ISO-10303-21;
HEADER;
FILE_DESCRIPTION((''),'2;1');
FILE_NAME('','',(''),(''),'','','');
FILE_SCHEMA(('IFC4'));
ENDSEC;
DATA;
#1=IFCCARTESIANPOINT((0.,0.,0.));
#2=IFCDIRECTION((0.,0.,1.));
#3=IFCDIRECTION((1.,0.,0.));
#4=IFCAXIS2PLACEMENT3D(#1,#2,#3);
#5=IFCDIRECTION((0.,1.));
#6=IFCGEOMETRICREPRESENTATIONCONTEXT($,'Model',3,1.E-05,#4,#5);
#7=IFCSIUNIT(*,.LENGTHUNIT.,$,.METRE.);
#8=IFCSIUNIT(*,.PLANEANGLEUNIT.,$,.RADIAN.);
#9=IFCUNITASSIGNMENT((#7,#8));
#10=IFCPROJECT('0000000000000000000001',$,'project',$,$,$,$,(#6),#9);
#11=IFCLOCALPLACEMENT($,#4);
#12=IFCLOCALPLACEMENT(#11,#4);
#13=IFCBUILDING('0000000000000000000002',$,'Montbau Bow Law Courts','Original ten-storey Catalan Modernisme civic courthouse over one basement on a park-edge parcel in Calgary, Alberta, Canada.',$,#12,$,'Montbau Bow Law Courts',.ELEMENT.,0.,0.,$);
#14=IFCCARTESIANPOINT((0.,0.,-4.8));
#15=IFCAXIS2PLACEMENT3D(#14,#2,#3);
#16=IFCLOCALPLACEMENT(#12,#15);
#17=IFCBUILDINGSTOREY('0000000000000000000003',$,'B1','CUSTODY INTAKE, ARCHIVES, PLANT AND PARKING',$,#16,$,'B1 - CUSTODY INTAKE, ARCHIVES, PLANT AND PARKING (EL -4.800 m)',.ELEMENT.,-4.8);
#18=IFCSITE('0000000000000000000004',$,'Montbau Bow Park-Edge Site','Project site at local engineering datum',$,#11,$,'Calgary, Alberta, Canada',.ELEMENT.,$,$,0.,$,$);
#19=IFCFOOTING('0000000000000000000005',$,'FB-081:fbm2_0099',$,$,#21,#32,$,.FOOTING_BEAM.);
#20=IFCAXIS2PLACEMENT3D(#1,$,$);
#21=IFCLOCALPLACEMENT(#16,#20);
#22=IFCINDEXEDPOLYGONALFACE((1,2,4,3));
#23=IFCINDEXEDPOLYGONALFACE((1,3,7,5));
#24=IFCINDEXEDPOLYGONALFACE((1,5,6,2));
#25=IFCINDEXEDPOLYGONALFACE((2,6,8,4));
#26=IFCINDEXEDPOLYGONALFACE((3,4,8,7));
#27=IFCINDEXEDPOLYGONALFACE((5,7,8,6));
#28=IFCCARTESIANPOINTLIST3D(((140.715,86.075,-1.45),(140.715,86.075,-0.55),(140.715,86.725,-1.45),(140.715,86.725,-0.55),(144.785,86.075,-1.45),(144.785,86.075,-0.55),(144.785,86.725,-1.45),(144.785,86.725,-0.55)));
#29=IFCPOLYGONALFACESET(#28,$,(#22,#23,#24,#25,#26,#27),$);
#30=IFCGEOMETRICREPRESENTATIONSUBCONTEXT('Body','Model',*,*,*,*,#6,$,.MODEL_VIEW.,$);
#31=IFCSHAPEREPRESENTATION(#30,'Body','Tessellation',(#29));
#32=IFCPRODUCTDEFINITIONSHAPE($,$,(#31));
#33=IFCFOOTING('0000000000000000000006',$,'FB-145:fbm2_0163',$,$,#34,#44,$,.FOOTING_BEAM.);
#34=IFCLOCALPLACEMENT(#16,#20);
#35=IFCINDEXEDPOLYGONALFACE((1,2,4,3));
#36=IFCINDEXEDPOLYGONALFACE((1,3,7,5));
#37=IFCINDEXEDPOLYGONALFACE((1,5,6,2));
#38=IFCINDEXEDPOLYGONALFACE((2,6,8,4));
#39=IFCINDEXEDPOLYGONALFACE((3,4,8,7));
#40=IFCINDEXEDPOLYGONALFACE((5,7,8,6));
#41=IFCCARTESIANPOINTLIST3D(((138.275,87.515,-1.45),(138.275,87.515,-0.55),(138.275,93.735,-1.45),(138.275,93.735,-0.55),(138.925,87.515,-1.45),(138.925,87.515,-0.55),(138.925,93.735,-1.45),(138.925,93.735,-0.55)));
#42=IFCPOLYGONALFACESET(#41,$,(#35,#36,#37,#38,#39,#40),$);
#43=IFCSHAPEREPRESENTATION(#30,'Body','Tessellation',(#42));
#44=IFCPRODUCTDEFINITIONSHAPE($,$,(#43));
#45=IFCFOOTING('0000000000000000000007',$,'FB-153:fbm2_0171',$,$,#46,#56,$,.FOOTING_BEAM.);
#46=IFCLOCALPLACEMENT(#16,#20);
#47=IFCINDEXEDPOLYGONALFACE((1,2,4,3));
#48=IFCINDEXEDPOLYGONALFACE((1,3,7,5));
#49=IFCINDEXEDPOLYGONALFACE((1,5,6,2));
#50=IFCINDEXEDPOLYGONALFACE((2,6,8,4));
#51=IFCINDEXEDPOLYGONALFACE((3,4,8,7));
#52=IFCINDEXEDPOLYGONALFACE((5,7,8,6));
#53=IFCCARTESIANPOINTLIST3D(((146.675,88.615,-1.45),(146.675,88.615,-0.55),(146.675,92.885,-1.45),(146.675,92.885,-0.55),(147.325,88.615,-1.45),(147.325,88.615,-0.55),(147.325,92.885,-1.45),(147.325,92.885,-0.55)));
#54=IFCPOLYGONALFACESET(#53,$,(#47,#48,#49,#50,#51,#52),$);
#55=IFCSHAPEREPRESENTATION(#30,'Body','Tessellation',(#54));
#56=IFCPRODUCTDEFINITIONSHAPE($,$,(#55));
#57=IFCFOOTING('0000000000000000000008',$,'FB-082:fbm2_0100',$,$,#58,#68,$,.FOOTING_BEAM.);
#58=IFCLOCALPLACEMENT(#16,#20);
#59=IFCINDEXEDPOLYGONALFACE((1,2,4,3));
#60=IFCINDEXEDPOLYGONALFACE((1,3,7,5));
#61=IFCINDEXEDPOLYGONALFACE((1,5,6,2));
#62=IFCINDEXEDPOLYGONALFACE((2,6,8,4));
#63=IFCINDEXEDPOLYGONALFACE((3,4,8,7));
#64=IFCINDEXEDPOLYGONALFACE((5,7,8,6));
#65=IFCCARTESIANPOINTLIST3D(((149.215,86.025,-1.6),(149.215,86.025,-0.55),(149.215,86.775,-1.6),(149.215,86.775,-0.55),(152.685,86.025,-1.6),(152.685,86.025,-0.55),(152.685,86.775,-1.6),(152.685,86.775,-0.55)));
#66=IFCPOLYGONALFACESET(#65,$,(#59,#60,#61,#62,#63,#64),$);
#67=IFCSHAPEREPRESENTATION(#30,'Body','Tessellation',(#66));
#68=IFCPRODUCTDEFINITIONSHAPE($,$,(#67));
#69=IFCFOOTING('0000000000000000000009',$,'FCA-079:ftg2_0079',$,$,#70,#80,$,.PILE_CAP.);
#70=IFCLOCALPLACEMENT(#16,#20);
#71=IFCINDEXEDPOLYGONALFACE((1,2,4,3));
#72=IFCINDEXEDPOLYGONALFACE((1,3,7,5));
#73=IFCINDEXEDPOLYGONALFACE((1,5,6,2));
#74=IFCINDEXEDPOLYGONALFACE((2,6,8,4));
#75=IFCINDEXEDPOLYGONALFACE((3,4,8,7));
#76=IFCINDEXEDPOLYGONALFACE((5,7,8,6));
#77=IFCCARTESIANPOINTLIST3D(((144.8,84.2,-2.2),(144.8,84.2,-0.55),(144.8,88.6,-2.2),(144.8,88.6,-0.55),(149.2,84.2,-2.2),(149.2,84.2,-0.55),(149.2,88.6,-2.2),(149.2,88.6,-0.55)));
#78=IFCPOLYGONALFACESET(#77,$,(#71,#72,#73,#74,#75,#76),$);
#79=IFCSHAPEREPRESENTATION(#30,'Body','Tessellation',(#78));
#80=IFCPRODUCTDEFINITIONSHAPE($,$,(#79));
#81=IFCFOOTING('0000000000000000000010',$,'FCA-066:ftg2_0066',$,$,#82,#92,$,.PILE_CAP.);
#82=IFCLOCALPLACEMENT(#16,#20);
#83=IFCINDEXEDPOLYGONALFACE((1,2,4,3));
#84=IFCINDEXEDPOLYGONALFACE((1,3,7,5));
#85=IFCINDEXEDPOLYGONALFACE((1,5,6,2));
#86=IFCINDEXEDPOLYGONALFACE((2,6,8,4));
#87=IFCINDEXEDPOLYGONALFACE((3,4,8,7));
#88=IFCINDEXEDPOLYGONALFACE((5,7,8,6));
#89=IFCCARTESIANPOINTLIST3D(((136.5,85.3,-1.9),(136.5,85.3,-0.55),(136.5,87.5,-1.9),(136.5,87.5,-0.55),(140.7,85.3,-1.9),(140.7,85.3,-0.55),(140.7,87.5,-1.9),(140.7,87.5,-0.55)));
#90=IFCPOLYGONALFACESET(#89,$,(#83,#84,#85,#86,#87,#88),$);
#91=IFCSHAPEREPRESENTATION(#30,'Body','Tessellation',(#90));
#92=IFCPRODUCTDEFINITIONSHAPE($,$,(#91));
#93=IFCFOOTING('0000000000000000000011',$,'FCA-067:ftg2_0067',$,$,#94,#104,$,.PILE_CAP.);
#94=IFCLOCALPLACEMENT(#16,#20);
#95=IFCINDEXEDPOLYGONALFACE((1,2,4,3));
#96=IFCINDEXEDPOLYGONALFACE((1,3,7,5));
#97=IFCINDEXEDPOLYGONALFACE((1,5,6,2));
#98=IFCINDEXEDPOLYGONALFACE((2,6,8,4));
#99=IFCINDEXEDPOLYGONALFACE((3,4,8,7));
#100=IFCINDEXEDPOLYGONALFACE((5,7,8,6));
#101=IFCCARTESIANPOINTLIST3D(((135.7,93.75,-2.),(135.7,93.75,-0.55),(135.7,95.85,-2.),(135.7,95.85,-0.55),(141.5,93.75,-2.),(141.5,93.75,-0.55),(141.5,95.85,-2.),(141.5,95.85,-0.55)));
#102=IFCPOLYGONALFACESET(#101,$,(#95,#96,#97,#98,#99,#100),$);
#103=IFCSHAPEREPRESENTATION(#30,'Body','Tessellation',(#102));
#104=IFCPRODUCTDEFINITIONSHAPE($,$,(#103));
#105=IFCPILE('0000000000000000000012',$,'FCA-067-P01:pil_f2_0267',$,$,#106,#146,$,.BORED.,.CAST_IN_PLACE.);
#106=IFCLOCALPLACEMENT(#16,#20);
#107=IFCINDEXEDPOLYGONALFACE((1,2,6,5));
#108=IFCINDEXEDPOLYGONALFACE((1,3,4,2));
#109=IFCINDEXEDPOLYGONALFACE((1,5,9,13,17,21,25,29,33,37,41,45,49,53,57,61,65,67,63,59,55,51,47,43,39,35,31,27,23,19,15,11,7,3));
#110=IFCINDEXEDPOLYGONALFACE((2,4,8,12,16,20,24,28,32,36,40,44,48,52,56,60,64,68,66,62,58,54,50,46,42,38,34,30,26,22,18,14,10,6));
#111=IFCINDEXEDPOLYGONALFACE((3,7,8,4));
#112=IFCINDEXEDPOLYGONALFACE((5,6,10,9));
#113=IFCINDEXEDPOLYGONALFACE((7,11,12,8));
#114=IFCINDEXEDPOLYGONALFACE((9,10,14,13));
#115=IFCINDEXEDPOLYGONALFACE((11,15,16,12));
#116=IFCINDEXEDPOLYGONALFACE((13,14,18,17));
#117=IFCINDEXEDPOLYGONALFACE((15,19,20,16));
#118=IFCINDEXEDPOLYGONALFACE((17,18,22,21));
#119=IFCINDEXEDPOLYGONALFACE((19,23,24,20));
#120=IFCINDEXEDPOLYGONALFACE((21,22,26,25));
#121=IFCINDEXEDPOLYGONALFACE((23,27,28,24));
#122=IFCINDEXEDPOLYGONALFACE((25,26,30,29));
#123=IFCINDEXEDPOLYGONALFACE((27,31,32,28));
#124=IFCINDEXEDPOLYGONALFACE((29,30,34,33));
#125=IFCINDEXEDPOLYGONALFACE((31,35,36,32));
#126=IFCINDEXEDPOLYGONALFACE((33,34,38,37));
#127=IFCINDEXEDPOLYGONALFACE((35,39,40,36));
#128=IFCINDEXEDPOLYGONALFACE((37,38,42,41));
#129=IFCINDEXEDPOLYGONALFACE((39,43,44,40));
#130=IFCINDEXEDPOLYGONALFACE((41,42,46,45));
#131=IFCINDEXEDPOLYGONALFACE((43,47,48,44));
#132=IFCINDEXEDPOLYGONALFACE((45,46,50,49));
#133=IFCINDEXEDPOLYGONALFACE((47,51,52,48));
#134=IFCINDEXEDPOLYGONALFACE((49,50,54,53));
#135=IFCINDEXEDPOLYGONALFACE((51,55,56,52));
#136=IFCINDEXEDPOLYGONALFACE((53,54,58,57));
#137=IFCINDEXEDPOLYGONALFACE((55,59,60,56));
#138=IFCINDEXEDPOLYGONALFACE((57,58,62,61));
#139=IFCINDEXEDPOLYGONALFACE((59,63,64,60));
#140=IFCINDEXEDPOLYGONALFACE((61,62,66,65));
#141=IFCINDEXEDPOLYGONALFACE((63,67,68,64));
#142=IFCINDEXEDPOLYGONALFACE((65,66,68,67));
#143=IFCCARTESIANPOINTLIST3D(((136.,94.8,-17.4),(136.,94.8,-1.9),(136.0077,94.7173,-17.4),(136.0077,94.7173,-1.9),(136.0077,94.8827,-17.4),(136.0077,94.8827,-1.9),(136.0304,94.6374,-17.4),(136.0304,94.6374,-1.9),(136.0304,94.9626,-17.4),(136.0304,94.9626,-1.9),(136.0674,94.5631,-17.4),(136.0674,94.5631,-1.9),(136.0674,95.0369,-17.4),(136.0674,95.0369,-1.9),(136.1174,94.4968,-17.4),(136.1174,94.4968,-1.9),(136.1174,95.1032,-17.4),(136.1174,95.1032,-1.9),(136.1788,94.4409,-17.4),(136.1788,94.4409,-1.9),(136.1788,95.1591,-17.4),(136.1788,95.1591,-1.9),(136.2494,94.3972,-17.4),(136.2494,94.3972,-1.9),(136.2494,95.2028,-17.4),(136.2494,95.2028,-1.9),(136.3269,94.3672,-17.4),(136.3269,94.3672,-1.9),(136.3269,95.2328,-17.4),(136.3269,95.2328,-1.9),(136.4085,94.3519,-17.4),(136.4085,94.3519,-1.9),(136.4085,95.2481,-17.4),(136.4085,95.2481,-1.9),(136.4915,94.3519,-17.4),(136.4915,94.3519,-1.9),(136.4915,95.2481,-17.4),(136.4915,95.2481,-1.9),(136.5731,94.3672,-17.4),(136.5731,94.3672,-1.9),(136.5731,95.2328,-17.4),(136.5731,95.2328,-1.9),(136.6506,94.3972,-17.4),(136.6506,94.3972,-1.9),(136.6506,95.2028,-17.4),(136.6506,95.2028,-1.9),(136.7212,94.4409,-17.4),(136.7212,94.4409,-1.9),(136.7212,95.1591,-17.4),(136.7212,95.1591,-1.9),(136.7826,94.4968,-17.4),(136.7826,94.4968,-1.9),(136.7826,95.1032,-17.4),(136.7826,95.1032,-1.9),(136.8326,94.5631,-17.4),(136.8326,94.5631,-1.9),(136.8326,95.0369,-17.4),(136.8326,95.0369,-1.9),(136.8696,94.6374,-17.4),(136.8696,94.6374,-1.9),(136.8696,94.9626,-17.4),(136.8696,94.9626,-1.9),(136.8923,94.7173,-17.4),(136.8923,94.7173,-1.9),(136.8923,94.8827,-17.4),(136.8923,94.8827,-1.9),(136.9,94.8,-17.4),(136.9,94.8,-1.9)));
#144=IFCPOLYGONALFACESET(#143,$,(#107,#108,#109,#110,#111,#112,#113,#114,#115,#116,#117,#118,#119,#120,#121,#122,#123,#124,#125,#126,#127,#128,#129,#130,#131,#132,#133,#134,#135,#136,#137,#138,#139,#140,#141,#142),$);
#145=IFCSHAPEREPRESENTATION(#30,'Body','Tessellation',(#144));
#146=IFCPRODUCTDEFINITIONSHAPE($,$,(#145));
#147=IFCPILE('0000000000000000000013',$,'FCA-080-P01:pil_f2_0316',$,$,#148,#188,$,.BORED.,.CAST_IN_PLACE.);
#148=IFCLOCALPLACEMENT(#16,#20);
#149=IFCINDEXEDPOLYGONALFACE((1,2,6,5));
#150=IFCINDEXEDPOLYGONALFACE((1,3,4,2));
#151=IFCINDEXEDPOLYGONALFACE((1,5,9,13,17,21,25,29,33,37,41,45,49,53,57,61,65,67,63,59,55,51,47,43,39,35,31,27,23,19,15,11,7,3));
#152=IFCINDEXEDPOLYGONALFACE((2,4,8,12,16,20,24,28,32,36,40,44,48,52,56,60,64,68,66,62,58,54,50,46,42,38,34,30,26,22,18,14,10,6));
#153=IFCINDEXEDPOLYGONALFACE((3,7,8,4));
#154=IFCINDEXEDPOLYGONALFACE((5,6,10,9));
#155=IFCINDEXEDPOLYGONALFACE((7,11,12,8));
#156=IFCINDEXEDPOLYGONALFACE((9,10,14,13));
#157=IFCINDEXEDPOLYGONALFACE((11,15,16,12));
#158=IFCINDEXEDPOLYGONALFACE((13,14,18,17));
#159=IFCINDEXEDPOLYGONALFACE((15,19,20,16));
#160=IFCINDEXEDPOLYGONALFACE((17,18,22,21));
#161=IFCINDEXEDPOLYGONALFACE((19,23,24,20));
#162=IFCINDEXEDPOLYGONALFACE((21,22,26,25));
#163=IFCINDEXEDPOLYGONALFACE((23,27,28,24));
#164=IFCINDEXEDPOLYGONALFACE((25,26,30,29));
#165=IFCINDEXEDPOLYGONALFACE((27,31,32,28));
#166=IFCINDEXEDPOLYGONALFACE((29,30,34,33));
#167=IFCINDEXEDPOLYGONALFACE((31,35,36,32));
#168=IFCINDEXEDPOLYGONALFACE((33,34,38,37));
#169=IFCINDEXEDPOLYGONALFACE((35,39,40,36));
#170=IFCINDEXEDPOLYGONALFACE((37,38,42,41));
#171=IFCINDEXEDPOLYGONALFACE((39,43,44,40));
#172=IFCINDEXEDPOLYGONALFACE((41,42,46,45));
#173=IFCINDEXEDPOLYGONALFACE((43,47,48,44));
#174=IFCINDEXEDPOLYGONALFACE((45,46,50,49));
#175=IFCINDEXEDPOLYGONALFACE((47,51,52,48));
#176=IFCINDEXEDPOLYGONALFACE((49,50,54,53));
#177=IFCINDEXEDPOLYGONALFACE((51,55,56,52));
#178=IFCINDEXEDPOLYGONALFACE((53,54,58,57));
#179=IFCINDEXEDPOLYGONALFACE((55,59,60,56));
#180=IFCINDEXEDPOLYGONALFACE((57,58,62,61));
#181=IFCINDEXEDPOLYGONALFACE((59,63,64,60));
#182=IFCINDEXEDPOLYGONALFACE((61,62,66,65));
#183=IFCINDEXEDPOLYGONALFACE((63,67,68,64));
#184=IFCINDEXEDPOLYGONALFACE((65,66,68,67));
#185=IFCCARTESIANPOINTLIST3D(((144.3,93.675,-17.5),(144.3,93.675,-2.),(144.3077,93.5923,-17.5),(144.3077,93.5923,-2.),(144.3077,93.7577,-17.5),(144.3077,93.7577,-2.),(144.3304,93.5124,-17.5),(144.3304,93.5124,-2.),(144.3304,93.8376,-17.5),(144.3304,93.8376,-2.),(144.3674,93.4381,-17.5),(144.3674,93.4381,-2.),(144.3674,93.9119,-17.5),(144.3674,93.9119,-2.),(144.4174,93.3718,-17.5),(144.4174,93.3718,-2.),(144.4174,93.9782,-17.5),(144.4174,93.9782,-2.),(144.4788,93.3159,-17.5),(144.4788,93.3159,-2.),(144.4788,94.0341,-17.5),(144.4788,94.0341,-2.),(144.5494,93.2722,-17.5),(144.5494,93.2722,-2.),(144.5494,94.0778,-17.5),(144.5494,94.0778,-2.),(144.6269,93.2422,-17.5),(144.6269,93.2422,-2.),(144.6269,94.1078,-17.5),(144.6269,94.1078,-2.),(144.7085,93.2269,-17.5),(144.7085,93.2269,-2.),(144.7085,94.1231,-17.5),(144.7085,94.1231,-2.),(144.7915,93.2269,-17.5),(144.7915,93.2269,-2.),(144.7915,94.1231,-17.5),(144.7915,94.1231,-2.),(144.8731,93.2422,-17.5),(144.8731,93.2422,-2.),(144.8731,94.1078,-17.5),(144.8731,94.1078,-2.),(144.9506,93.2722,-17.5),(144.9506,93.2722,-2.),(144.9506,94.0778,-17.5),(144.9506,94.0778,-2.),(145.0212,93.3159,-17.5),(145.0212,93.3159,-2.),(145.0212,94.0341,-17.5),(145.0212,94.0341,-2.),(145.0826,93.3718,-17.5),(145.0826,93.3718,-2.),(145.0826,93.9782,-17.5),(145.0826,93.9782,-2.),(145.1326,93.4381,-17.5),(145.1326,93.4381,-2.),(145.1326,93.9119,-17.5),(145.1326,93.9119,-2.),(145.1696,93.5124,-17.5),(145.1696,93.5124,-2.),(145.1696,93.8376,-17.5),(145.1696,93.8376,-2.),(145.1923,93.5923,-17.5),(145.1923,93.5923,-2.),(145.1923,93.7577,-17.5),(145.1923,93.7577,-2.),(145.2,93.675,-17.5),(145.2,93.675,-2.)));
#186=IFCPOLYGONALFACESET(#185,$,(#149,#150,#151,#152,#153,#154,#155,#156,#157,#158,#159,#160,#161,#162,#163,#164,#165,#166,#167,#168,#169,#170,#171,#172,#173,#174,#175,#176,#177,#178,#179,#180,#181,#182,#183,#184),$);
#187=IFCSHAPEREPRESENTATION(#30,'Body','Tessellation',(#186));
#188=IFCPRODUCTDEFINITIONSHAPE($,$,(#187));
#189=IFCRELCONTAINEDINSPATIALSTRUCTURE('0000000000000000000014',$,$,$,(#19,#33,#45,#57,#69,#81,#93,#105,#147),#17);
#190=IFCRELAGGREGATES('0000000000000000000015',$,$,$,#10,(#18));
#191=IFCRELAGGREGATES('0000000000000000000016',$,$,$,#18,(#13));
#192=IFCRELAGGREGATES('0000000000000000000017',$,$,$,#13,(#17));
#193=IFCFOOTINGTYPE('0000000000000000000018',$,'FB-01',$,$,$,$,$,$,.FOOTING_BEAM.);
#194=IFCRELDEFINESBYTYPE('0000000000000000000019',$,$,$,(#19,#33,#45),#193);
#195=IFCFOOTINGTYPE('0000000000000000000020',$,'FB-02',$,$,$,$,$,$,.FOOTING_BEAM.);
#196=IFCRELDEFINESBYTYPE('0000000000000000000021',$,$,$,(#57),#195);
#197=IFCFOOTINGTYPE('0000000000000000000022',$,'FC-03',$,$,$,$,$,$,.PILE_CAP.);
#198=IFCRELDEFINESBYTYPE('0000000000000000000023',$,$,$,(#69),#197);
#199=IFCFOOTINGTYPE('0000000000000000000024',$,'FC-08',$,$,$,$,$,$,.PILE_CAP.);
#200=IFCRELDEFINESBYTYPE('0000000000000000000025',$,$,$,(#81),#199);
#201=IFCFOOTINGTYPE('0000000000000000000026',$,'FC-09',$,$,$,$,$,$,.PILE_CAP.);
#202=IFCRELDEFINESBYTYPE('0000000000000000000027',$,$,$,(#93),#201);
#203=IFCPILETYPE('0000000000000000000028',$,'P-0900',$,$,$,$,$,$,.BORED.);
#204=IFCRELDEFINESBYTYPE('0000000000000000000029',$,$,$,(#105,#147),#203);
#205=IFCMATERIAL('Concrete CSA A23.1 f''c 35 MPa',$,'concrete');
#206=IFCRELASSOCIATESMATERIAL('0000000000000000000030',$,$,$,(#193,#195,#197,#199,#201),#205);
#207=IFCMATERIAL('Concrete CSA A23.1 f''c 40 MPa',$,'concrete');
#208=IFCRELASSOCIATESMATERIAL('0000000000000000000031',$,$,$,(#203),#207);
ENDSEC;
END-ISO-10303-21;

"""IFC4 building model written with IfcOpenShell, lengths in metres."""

from ifc_helpers import new_model, si_unit, direction, frame, origin_with_axes, origin_2d_with_axis, place, context, subcontext, project, spatial, rectangle, circle, extrude, material, material_profile, profile_set, type_object, element, save


model = new_model("IFC4")

# Units and contexts
model_context = context("Model", 3, precision=1e-05, world=origin_with_axes(), true_north=direction((0.0, 1.0)))
body_context = subcontext(model_context, "Body", "Model", "MODEL_VIEW")
ifc_project = project(units=[si_unit("LENGTHUNIT", "METRE"), si_unit("PLANEANGLEUNIT", "RADIAN")], contexts=[model_context])

# Site, building, storey
site_placement = place(None, origin_with_axes())
site = spatial("IfcSite", under=ifc_project, at=site_placement, Name="Montbau Bow Park-Edge Site", Description="Project site at local engineering datum", LongName="Calgary, Alberta, Canada", CompositionType="ELEMENT", RefElevation=0.0)
building_placement = place(site_placement, origin_with_axes())
building = spatial("IfcBuilding", under=site, at=building_placement, Name="Montbau Bow Law Courts", Description="Original ten-storey Catalan Modernisme civic courthouse over one basement on a park-edge parcel in Calgary, Alberta, Canada.", LongName="Montbau Bow Law Courts", CompositionType="ELEMENT", ElevationOfRefHeight=0.0, ElevationOfTerrain=0.0)
storey_placement = place(building_placement, frame((0.0, 0.0, -4.8), z_axis=(0.0, 0.0, 1.0), x_axis=(1.0, 0.0, 0.0)))
storey = spatial("IfcBuildingStorey", under=building, at=storey_placement, Name="B1", Description="CUSTODY INTAKE, ARCHIVES, PLANT AND PARKING", LongName="B1 - CUSTODY INTAKE, ARCHIVES, PLANT AND PARKING (EL -4.800 m)", CompositionType="ELEMENT", Elevation=-4.8)

# Footings
ifc_material_1 = material(Name="Concrete CSA A23.1 f'c 35 MPa", Category="concrete")
footing_type_1 = type_object("IfcFootingType", Name="FB-01", PredefinedType="FOOTING_BEAM", material=ifc_material_1)
footing_1_placement = place(None, frame((142.75, 86.4, -6.25), z_axis=(0.0, 0.0, 1.0), x_axis=(1.0, 0.0, 0.0)))
element("IfcFooting", 1, at=footing_1_placement, inside=storey, type_object=footing_type_1, Name="FB-081:fbm2_0099", PredefinedType="FOOTING_BEAM", context=body_context, shape_type="SweptSolid", body=[
    extrude(rectangle(XDim=4.07, YDim=0.65, at=origin_2d_with_axis()), origin_with_axes(), (0.0, 0.0, 1.0), 0.9),
])
footing_2_placement = place(None, frame((138.6, 90.625, -6.25), z_axis=(0.0, 0.0, 1.0), x_axis=(0.0, 1.0, 0.0)))
element("IfcFooting", 2, at=footing_2_placement, inside=storey, type_object=footing_type_1, Name="FB-145:fbm2_0163", PredefinedType="FOOTING_BEAM", context=body_context, shape_type="SweptSolid", body=[
    extrude(rectangle(XDim=6.22, YDim=0.65, at=origin_2d_with_axis()), origin_with_axes(), (0.0, 0.0, 1.0), 0.9),
])
footing_3_placement = place(None, frame((147.0, 90.75, -6.25), z_axis=(0.0, 0.0, 1.0), x_axis=(0.0, 1.0, 0.0)))
element("IfcFooting", 3, at=footing_3_placement, inside=storey, type_object=footing_type_1, Name="FB-153:fbm2_0171", PredefinedType="FOOTING_BEAM", context=body_context, shape_type="SweptSolid", body=[
    extrude(rectangle(XDim=4.27, YDim=0.65, at=origin_2d_with_axis()), origin_with_axes(), (0.0, 0.0, 1.0), 0.9),
])
footing_type_2 = type_object("IfcFootingType", Name="FB-02", PredefinedType="FOOTING_BEAM", material=ifc_material_1)
footing_4_placement = place(None, frame((150.95, 86.4, -6.4), z_axis=(0.0, 0.0, 1.0), x_axis=(1.0, 0.0, 0.0)))
element("IfcFooting", 4, at=footing_4_placement, inside=storey, type_object=footing_type_2, Name="FB-082:fbm2_0100", PredefinedType="FOOTING_BEAM", context=body_context, shape_type="SweptSolid", body=[
    extrude(rectangle(XDim=3.47, YDim=0.75, at=origin_2d_with_axis()), origin_with_axes(), (0.0, 0.0, 1.0), 1.05),
])
footing_type_3 = type_object("IfcFootingType", Name="FC-03", PredefinedType="PILE_CAP", material=ifc_material_1)
footing_5_placement = place(None, frame((147.0, 86.4, -7.0), z_axis=(0.0, 0.0, 1.0), x_axis=(1.0, 0.0, 0.0)))
element("IfcFooting", 5, at=footing_5_placement, inside=storey, type_object=footing_type_3, Name="FCA-079:ftg2_0079", PredefinedType="PILE_CAP", context=body_context, shape_type="SweptSolid", body=[
    extrude(rectangle(XDim=4.4, YDim=4.4, at=origin_2d_with_axis()), origin_with_axes(), (0.0, 0.0, 1.0), 1.65),
])
footing_type_4 = type_object("IfcFootingType", Name="FC-08", PredefinedType="PILE_CAP", material=ifc_material_1)
footing_6_placement = place(None, frame((138.6, 86.4, -6.7), z_axis=(0.0, 0.0, 1.0), x_axis=(1.0, 0.0, 0.0)))
element("IfcFooting", 6, at=footing_6_placement, inside=storey, type_object=footing_type_4, Name="FCA-066:ftg2_0066", PredefinedType="PILE_CAP", context=body_context, shape_type="SweptSolid", body=[
    extrude(rectangle(XDim=4.2, YDim=2.2, at=origin_2d_with_axis()), origin_with_axes(), (0.0, 0.0, 1.0), 1.35),
])
footing_type_5 = type_object("IfcFootingType", Name="FC-09", PredefinedType="PILE_CAP", material=ifc_material_1)
footing_7_placement = place(None, frame((138.6, 94.8, -6.8), z_axis=(0.0, 0.0, 1.0), x_axis=(1.0, 0.0, 0.0)))
element("IfcFooting", 7, at=footing_7_placement, inside=storey, type_object=footing_type_5, Name="FCA-067:ftg2_0067", PredefinedType="PILE_CAP", context=body_context, shape_type="SweptSolid", body=[
    extrude(rectangle(XDim=5.8, YDim=2.1, at=origin_2d_with_axis()), origin_with_axes(), (0.0, 0.0, 1.0), 1.45),
])

# Piles
ifc_material_2 = material(Name="Concrete CSA A23.1 f'c 40 MPa", Category="concrete")
ifc_material_profile_1 = material_profile(ifc_material_2, circle(Radius=0.45, at=origin_2d_with_axis()), Name="BP900", Category="Main", Priority=0)
ifc_profile_set_1 = profile_set([ifc_material_profile_1], Name="Concrete CSA A23.1 f'c 40 MPa")
pile_type_1 = type_object("IfcPileType", Name="P-0900", PredefinedType="BORED", material=ifc_profile_set_1)
for number, where, z_axis, x_axis, name in (
    (8, (136.45, 94.8, -22.2), (0.0, 0.0, 1.0), (1.0, 0.0, 0.0), "FCA-067-P01:pil_f2_0267"),
    (9, (144.75, 93.675, -22.3), (0.0, 0.0, 1.0), (1.0, 0.0, 0.0), "FCA-080-P01:pil_f2_0316"),
):
    element("IfcPile", number, at=place(None, frame(where, z_axis=z_axis, x_axis=x_axis)), inside=storey, type_object=pile_type_1, Name=name, ConstructionType="CAST_IN_PLACE", PredefinedType="BORED", context=body_context, shape_type="SweptSolid", body=[
        extrude(circle(Radius=0.45, at=origin_2d_with_axis()), origin_with_axes(), (0.0, 0.0, 1.0), 15.5),
    ])

save(model, "model.ifc")
